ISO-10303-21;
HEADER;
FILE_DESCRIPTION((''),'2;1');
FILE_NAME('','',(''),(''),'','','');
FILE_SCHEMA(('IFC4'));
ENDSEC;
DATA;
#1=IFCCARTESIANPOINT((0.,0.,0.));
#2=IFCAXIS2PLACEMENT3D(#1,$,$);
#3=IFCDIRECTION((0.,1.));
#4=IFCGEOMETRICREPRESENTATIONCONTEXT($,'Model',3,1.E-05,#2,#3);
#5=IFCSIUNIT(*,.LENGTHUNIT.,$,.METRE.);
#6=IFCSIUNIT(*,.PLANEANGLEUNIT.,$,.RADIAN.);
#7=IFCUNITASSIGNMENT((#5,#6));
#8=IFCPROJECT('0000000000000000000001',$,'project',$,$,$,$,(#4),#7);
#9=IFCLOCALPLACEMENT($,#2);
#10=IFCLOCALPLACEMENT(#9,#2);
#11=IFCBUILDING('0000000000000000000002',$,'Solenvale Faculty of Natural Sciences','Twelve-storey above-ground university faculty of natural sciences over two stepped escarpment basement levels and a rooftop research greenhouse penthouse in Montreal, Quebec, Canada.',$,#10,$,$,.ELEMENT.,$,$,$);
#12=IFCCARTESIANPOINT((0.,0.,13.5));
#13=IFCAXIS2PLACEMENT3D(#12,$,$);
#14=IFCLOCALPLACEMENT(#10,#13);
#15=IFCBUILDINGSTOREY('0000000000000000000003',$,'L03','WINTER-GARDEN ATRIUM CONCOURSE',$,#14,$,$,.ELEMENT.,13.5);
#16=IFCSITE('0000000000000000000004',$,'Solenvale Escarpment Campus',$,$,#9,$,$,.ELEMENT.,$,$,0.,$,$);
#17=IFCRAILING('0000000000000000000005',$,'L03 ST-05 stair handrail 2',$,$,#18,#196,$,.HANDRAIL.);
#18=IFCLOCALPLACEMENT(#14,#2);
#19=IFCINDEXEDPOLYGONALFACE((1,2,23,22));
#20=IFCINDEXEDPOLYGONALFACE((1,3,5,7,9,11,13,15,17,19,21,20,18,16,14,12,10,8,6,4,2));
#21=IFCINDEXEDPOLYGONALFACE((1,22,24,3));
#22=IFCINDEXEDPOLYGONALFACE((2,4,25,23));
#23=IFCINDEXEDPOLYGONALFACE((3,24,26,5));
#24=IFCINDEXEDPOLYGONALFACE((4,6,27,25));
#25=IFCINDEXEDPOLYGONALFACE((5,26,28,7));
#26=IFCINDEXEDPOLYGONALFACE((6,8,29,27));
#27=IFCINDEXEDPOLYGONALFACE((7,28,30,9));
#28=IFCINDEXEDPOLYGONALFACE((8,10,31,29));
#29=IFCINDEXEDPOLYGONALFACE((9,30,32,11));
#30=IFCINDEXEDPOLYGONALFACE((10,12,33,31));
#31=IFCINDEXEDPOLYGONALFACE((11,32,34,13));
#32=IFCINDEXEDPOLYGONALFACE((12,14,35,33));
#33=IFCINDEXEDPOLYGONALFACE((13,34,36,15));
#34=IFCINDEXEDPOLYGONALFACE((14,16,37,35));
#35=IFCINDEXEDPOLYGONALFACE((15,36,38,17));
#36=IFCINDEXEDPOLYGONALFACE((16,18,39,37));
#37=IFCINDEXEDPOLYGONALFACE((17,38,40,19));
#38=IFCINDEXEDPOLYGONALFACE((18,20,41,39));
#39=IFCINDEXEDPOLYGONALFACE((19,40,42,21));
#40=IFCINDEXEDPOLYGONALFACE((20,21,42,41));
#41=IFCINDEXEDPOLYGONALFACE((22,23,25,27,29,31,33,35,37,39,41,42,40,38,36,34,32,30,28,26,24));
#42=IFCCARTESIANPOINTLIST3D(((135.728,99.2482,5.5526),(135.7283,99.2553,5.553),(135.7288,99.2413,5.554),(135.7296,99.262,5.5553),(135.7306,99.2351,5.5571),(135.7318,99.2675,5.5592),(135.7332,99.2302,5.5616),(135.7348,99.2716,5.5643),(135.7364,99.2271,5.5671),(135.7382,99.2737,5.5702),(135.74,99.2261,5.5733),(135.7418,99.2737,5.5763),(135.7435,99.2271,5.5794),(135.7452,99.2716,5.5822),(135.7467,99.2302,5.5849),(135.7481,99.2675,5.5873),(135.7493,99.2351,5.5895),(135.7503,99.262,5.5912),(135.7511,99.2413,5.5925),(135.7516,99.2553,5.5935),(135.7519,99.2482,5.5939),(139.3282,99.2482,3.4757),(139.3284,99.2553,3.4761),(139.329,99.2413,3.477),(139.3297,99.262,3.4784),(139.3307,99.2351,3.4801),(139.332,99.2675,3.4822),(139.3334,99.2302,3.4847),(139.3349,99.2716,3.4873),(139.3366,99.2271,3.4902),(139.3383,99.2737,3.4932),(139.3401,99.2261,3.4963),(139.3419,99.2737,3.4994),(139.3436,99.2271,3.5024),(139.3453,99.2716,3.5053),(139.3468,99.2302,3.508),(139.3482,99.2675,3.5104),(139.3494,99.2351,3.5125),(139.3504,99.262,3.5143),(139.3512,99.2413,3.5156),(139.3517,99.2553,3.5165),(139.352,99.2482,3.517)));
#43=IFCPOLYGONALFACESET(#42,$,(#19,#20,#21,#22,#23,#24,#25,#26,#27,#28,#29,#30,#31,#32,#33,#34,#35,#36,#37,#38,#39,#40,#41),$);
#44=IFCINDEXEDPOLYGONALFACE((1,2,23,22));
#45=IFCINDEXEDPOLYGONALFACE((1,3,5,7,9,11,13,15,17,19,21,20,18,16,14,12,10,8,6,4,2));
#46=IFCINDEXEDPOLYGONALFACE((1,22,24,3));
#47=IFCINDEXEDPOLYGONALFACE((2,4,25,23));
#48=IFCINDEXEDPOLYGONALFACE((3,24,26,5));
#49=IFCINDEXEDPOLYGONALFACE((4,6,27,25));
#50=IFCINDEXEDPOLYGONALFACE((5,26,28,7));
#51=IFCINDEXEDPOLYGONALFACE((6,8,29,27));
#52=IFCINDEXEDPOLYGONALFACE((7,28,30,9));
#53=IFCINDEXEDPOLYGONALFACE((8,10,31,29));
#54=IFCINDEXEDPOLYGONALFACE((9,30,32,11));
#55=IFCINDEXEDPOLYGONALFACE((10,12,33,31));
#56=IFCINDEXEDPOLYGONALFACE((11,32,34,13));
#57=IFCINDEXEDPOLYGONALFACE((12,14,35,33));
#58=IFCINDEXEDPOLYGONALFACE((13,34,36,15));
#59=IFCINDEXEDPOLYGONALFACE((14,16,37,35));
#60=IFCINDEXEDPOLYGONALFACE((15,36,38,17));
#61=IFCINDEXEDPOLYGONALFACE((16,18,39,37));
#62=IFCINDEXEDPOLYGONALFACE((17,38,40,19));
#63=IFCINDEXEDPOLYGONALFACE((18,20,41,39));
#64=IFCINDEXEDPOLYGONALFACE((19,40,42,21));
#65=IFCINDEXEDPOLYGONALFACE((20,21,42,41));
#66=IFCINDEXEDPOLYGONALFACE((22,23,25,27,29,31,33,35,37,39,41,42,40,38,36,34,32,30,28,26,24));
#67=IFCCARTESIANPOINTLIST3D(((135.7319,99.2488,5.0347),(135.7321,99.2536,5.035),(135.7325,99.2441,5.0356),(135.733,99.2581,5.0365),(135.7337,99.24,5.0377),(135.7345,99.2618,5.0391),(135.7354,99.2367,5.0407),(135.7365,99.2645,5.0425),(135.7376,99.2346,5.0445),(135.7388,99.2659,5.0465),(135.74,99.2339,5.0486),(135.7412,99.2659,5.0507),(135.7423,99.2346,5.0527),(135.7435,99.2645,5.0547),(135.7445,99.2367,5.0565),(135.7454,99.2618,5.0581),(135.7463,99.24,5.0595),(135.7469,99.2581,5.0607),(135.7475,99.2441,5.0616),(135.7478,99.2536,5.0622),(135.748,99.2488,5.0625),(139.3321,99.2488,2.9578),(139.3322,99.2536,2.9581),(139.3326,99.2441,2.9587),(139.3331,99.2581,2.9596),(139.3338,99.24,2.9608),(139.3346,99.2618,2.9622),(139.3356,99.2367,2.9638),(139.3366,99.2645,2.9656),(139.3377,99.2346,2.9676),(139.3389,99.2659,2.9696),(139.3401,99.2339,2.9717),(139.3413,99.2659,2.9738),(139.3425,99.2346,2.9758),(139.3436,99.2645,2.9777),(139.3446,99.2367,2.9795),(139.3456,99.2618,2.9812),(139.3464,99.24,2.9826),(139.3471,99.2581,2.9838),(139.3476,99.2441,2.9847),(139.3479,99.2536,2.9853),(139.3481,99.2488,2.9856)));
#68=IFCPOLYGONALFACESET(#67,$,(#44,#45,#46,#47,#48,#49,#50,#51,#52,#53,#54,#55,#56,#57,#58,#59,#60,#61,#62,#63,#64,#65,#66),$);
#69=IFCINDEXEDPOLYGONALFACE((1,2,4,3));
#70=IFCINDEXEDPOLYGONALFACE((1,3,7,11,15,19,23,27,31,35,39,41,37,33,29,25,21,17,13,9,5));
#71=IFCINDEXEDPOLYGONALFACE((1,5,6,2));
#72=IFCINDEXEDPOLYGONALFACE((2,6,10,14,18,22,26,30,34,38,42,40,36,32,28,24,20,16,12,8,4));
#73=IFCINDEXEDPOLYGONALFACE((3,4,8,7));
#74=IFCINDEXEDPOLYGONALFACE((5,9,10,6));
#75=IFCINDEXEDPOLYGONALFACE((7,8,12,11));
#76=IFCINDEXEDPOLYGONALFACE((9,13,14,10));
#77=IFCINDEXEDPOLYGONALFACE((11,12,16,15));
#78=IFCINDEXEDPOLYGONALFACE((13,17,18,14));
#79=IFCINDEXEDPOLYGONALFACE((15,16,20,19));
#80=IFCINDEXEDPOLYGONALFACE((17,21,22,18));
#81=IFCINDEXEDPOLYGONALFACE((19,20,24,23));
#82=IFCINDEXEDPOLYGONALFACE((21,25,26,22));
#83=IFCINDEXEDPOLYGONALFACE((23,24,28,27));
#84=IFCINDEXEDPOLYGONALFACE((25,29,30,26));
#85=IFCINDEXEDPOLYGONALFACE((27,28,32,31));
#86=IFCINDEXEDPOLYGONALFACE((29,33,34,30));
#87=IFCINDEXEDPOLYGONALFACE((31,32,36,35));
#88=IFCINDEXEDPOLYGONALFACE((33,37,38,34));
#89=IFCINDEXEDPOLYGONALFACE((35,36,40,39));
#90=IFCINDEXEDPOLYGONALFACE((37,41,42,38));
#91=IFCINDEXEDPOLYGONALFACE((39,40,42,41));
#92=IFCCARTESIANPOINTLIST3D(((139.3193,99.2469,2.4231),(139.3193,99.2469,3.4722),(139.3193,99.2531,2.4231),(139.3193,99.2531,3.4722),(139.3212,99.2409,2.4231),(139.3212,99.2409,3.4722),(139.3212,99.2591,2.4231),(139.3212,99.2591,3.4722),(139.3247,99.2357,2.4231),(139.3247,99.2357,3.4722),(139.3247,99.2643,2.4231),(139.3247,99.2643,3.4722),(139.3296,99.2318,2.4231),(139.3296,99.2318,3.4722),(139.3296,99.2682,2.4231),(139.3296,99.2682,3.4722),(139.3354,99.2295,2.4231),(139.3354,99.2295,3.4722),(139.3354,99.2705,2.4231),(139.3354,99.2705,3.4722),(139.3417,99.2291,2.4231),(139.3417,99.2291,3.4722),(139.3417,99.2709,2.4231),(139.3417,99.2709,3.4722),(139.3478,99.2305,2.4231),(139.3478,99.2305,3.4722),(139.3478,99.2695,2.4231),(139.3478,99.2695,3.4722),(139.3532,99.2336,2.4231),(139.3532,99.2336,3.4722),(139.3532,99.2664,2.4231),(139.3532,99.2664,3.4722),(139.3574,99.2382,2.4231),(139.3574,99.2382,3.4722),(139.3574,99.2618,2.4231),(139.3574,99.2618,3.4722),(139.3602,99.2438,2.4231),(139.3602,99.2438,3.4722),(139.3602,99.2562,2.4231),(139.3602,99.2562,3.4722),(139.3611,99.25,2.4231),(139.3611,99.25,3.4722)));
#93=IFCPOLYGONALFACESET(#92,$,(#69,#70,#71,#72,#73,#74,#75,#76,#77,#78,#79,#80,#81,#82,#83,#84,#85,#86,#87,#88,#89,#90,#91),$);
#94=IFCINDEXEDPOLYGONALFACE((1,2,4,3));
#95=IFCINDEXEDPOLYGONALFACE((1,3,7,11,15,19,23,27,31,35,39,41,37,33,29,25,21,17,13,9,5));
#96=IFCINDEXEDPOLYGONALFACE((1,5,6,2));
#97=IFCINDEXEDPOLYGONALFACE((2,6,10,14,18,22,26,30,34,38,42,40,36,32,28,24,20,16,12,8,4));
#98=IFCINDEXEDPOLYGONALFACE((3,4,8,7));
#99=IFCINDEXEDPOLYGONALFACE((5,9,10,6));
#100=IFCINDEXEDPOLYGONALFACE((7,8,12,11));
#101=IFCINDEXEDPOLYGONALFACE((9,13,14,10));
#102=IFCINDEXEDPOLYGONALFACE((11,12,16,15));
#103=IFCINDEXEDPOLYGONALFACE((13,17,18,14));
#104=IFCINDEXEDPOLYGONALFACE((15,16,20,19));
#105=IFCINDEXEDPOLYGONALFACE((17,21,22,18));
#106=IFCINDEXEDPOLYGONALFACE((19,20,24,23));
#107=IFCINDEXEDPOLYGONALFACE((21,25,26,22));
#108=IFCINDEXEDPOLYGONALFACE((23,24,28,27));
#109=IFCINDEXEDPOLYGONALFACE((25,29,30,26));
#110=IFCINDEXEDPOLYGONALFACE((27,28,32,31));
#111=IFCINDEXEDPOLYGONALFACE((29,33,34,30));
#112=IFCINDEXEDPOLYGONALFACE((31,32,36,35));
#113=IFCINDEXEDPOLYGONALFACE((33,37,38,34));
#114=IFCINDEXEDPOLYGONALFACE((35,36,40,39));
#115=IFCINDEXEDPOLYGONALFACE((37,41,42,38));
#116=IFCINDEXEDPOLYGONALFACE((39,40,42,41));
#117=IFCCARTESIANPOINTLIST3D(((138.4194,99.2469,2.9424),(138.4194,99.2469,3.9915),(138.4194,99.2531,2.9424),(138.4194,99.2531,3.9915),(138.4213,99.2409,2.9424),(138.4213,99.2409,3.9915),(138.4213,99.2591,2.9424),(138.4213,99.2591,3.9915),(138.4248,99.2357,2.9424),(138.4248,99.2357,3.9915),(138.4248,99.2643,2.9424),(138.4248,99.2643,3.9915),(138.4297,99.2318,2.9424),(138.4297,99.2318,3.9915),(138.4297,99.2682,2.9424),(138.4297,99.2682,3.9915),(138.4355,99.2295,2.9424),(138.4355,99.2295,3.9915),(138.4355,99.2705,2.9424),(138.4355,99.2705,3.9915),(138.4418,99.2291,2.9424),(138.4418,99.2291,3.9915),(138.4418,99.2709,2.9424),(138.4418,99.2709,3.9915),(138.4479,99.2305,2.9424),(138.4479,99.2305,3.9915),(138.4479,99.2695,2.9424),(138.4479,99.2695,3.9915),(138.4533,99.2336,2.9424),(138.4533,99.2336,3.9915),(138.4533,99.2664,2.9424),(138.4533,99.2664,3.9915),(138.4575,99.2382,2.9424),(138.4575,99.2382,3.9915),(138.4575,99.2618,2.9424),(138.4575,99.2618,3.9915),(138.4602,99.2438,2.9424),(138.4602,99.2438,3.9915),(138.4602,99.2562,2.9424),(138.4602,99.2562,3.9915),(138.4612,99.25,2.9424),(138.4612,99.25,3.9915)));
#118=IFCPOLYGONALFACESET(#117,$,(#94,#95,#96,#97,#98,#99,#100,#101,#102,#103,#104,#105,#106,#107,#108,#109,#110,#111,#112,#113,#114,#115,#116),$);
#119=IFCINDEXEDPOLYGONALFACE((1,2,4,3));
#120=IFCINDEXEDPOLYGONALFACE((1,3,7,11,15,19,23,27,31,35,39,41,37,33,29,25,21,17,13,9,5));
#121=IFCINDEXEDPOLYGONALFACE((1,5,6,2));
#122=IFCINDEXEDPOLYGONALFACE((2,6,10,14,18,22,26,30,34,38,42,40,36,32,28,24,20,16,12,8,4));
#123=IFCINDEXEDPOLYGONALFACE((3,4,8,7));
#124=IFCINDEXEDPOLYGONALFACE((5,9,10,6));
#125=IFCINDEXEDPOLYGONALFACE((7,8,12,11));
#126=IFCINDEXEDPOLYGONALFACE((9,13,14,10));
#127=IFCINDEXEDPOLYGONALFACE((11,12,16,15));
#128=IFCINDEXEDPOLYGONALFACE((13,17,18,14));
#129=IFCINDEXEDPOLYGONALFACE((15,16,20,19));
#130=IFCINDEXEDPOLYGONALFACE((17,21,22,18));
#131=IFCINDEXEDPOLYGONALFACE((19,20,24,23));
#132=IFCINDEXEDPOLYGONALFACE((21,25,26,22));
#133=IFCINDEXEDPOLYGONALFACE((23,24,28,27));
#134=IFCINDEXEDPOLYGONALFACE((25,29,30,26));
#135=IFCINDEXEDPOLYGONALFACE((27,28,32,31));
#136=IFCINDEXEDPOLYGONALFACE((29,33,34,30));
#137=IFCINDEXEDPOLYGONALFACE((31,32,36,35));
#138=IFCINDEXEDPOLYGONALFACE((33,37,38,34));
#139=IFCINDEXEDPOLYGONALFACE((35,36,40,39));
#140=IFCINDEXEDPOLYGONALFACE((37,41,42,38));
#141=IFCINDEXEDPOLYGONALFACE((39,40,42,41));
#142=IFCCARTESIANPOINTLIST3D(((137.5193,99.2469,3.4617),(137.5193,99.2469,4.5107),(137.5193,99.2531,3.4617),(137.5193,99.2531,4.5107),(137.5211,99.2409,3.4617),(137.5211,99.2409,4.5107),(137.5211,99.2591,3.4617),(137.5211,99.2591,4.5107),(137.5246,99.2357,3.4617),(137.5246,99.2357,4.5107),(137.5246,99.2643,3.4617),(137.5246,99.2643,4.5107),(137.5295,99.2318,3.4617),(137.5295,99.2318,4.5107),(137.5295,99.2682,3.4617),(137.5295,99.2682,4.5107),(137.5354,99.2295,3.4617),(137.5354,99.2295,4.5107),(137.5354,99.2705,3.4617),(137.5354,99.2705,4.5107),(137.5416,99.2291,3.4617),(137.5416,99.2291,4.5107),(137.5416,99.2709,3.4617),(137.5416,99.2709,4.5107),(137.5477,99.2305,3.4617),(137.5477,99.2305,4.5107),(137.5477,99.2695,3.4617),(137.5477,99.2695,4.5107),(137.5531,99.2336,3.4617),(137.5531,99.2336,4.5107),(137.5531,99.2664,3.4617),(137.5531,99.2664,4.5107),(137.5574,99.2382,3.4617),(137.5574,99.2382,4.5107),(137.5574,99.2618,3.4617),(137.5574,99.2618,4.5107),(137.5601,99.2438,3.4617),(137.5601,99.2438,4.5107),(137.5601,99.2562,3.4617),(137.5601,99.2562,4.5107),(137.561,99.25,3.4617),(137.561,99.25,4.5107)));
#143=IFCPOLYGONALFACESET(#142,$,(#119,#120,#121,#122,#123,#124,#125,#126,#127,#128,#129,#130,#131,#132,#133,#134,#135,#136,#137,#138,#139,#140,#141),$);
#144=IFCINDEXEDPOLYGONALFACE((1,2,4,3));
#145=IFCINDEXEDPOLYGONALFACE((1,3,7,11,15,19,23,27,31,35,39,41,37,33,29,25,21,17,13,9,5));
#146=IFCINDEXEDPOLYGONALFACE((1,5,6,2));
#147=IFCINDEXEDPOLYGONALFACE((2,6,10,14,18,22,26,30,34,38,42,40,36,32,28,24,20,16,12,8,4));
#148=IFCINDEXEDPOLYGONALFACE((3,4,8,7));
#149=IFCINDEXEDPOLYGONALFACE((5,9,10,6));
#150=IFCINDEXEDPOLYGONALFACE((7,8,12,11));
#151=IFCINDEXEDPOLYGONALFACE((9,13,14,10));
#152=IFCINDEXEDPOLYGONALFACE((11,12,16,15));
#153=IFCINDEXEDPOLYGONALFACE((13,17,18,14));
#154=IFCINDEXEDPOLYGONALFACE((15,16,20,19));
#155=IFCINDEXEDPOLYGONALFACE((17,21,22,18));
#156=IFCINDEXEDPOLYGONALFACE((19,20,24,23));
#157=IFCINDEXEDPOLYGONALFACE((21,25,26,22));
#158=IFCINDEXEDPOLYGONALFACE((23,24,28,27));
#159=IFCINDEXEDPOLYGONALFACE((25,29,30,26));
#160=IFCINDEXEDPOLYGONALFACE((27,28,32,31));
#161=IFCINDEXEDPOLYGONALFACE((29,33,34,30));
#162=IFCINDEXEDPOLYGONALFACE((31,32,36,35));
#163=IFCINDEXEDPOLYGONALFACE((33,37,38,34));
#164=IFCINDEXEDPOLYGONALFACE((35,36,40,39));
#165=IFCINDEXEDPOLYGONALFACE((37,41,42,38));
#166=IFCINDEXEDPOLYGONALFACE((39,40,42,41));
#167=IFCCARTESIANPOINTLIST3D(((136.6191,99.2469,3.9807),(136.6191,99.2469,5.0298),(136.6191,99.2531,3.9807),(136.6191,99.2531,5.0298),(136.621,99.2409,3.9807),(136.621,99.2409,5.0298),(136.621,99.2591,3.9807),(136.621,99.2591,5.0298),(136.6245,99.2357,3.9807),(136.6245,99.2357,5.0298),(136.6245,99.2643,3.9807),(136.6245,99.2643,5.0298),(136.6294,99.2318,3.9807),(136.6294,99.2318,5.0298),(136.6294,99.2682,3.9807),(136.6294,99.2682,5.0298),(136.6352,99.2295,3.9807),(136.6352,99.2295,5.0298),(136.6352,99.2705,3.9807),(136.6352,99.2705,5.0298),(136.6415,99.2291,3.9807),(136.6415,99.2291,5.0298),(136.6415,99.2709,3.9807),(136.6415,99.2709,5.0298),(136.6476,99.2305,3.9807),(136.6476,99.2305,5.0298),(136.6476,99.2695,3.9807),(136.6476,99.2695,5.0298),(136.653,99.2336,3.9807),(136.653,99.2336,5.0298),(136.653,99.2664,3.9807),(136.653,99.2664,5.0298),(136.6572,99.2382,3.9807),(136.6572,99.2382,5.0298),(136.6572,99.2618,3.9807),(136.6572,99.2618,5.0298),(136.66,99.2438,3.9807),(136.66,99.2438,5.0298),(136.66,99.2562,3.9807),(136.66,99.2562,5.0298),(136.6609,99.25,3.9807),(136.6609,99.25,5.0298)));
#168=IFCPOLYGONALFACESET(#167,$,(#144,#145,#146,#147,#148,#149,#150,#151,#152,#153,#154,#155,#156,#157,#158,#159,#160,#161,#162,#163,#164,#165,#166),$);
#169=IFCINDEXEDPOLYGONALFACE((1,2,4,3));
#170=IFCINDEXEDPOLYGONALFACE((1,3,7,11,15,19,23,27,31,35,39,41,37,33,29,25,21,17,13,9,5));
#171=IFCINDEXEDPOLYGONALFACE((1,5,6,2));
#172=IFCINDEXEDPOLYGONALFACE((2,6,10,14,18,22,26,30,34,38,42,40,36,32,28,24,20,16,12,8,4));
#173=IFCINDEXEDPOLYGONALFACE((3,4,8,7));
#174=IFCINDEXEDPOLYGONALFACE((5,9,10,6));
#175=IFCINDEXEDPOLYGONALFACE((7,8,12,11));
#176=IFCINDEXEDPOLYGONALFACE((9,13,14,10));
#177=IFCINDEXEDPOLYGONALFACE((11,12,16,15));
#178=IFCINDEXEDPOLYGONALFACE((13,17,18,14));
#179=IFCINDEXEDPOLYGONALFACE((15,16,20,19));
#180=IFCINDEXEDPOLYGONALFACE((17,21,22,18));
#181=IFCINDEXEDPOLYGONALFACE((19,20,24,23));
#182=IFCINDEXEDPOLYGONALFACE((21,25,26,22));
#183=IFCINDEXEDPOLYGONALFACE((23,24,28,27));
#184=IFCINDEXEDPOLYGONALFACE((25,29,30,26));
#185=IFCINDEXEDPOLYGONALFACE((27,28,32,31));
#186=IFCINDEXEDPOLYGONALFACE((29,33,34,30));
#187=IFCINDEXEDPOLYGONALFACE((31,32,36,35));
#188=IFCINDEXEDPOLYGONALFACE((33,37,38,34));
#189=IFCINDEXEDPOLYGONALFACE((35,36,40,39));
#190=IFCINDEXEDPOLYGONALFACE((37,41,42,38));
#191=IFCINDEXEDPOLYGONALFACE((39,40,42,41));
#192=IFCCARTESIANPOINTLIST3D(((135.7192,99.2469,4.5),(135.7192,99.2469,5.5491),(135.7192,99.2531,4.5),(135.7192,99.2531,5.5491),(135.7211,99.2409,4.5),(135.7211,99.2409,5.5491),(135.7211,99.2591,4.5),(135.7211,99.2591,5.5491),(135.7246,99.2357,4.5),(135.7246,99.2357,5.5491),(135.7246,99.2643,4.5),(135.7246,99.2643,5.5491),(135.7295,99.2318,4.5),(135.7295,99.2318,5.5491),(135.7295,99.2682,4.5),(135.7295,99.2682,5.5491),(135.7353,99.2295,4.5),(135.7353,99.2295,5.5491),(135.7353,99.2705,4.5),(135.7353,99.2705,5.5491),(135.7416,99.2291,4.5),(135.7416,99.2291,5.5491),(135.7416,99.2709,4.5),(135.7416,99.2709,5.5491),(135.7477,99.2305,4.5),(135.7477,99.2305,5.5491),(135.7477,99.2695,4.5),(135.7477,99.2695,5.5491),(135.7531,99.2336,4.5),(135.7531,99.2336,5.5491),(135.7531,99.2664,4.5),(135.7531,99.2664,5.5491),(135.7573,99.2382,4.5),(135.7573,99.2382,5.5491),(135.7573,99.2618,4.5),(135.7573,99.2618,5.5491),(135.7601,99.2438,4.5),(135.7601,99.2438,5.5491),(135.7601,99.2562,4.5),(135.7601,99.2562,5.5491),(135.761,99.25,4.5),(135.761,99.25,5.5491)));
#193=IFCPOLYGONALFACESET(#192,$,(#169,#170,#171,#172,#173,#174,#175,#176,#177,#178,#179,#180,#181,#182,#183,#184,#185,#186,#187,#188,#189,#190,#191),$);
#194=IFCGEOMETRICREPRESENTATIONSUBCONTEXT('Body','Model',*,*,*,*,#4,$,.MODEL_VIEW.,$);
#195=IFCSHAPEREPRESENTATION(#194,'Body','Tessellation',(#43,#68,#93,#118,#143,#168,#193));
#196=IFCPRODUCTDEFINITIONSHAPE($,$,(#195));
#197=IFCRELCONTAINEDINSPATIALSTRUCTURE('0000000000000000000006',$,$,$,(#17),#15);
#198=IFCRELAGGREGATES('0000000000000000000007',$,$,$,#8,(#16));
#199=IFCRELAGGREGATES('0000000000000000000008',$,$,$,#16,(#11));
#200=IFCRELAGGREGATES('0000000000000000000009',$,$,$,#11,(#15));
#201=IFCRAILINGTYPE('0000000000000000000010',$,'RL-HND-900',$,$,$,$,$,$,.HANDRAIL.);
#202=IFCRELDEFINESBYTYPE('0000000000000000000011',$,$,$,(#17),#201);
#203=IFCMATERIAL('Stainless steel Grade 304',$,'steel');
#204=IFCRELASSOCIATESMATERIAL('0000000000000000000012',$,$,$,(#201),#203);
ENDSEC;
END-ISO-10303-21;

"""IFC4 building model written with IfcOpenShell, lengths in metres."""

from ifc_helpers import new_model, si_unit, direction, frame, origin, origin_2d, place, context, subcontext, project, spatial, circle, extrude, material, type_object, element, save


model = new_model("IFC4")

# Units and contexts
model_context = context("Model", 3, precision=1e-05, world=origin(), true_north=direction((0.0, 1.0)))
body_context = subcontext(model_context, "Body", "Model", "MODEL_VIEW")
ifc_project = project(units=[si_unit("LENGTHUNIT", "METRE"), si_unit("PLANEANGLEUNIT", "RADIAN")], contexts=[model_context])

# Site, building, storey
site_placement = place(None, origin())
site = spatial("IfcSite", under=ifc_project, at=site_placement, Name="Solenvale Escarpment Campus", CompositionType="ELEMENT", RefElevation=0.0)
building_placement = place(site_placement, origin())
building = spatial("IfcBuilding", under=site, at=building_placement, Name="Solenvale Faculty of Natural Sciences", Description="Twelve-storey above-ground university faculty of natural sciences over two stepped escarpment basement levels and a rooftop research greenhouse penthouse in Montreal, Quebec, Canada.", CompositionType="ELEMENT")
storey_placement = place(building_placement, frame((0.0, 0.0, 13.5)))
storey = spatial("IfcBuildingStorey", under=building, at=storey_placement, Name="L03", Description="WINTER-GARDEN ATRIUM CONCOURSE", CompositionType="ELEMENT", Elevation=13.5)

# Shared definitions
ifc_material_1 = material(Name="Stainless steel Grade 304", Category="steel")

# Railing
railing_type_1 = type_object("IfcRailingType", Name="RL-HND-900", PredefinedType="HANDRAIL", material=ifc_material_1)
railing_1_placement = place(storey_placement, frame((139.3401, 99.25, 2.4231)))
element("IfcRailing", 1, at=railing_1_placement, inside=storey, type_object=railing_type_1, Name="L03 ST-05 stair handrail 2", PredefinedType="HANDRAIL", context=body_context, shape_type="SweptSolid", body=[
    extrude(circle(Radius=0.0239, at=origin_2d()), frame((0.0, 0.0, 1.0732), z_axis=(-0.866193, 0.0, 0.499709), x_axis=(0.0, -1.0, 0.0)), (0.0, 0.0, 1.0), 4.1562),
    extrude(circle(Radius=0.0161, at=origin_2d()), frame((0.0, 0.0, 0.5486), z_axis=(-0.866193, 0.0, 0.499709), x_axis=(0.0, -1.0, 0.0)), (0.0, 0.0, 1.0), 4.1562),
    extrude(circle(Radius=0.021, at=origin_2d()), origin(), (0.0, 0.0, 1.0), 1.0491),
    extrude(circle(Radius=0.021, at=origin_2d()), frame((-0.8999, 0.0, 0.5193)), (0.0, 0.0, 1.0), 1.0491),
    extrude(circle(Radius=0.021, at=origin_2d()), frame((-1.8, 0.0, 1.0386)), (0.0, 0.0, 1.0), 1.0491),
    extrude(circle(Radius=0.021, at=origin_2d()), frame((-2.7002, 0.0, 1.5576)), (0.0, 0.0, 1.0), 1.0491),
    extrude(circle(Radius=0.021, at=origin_2d()), frame((-3.6001, 0.0, 2.0769)), (0.0, 0.0, 1.0), 1.0491),
])

save(model, "model.ifc")
